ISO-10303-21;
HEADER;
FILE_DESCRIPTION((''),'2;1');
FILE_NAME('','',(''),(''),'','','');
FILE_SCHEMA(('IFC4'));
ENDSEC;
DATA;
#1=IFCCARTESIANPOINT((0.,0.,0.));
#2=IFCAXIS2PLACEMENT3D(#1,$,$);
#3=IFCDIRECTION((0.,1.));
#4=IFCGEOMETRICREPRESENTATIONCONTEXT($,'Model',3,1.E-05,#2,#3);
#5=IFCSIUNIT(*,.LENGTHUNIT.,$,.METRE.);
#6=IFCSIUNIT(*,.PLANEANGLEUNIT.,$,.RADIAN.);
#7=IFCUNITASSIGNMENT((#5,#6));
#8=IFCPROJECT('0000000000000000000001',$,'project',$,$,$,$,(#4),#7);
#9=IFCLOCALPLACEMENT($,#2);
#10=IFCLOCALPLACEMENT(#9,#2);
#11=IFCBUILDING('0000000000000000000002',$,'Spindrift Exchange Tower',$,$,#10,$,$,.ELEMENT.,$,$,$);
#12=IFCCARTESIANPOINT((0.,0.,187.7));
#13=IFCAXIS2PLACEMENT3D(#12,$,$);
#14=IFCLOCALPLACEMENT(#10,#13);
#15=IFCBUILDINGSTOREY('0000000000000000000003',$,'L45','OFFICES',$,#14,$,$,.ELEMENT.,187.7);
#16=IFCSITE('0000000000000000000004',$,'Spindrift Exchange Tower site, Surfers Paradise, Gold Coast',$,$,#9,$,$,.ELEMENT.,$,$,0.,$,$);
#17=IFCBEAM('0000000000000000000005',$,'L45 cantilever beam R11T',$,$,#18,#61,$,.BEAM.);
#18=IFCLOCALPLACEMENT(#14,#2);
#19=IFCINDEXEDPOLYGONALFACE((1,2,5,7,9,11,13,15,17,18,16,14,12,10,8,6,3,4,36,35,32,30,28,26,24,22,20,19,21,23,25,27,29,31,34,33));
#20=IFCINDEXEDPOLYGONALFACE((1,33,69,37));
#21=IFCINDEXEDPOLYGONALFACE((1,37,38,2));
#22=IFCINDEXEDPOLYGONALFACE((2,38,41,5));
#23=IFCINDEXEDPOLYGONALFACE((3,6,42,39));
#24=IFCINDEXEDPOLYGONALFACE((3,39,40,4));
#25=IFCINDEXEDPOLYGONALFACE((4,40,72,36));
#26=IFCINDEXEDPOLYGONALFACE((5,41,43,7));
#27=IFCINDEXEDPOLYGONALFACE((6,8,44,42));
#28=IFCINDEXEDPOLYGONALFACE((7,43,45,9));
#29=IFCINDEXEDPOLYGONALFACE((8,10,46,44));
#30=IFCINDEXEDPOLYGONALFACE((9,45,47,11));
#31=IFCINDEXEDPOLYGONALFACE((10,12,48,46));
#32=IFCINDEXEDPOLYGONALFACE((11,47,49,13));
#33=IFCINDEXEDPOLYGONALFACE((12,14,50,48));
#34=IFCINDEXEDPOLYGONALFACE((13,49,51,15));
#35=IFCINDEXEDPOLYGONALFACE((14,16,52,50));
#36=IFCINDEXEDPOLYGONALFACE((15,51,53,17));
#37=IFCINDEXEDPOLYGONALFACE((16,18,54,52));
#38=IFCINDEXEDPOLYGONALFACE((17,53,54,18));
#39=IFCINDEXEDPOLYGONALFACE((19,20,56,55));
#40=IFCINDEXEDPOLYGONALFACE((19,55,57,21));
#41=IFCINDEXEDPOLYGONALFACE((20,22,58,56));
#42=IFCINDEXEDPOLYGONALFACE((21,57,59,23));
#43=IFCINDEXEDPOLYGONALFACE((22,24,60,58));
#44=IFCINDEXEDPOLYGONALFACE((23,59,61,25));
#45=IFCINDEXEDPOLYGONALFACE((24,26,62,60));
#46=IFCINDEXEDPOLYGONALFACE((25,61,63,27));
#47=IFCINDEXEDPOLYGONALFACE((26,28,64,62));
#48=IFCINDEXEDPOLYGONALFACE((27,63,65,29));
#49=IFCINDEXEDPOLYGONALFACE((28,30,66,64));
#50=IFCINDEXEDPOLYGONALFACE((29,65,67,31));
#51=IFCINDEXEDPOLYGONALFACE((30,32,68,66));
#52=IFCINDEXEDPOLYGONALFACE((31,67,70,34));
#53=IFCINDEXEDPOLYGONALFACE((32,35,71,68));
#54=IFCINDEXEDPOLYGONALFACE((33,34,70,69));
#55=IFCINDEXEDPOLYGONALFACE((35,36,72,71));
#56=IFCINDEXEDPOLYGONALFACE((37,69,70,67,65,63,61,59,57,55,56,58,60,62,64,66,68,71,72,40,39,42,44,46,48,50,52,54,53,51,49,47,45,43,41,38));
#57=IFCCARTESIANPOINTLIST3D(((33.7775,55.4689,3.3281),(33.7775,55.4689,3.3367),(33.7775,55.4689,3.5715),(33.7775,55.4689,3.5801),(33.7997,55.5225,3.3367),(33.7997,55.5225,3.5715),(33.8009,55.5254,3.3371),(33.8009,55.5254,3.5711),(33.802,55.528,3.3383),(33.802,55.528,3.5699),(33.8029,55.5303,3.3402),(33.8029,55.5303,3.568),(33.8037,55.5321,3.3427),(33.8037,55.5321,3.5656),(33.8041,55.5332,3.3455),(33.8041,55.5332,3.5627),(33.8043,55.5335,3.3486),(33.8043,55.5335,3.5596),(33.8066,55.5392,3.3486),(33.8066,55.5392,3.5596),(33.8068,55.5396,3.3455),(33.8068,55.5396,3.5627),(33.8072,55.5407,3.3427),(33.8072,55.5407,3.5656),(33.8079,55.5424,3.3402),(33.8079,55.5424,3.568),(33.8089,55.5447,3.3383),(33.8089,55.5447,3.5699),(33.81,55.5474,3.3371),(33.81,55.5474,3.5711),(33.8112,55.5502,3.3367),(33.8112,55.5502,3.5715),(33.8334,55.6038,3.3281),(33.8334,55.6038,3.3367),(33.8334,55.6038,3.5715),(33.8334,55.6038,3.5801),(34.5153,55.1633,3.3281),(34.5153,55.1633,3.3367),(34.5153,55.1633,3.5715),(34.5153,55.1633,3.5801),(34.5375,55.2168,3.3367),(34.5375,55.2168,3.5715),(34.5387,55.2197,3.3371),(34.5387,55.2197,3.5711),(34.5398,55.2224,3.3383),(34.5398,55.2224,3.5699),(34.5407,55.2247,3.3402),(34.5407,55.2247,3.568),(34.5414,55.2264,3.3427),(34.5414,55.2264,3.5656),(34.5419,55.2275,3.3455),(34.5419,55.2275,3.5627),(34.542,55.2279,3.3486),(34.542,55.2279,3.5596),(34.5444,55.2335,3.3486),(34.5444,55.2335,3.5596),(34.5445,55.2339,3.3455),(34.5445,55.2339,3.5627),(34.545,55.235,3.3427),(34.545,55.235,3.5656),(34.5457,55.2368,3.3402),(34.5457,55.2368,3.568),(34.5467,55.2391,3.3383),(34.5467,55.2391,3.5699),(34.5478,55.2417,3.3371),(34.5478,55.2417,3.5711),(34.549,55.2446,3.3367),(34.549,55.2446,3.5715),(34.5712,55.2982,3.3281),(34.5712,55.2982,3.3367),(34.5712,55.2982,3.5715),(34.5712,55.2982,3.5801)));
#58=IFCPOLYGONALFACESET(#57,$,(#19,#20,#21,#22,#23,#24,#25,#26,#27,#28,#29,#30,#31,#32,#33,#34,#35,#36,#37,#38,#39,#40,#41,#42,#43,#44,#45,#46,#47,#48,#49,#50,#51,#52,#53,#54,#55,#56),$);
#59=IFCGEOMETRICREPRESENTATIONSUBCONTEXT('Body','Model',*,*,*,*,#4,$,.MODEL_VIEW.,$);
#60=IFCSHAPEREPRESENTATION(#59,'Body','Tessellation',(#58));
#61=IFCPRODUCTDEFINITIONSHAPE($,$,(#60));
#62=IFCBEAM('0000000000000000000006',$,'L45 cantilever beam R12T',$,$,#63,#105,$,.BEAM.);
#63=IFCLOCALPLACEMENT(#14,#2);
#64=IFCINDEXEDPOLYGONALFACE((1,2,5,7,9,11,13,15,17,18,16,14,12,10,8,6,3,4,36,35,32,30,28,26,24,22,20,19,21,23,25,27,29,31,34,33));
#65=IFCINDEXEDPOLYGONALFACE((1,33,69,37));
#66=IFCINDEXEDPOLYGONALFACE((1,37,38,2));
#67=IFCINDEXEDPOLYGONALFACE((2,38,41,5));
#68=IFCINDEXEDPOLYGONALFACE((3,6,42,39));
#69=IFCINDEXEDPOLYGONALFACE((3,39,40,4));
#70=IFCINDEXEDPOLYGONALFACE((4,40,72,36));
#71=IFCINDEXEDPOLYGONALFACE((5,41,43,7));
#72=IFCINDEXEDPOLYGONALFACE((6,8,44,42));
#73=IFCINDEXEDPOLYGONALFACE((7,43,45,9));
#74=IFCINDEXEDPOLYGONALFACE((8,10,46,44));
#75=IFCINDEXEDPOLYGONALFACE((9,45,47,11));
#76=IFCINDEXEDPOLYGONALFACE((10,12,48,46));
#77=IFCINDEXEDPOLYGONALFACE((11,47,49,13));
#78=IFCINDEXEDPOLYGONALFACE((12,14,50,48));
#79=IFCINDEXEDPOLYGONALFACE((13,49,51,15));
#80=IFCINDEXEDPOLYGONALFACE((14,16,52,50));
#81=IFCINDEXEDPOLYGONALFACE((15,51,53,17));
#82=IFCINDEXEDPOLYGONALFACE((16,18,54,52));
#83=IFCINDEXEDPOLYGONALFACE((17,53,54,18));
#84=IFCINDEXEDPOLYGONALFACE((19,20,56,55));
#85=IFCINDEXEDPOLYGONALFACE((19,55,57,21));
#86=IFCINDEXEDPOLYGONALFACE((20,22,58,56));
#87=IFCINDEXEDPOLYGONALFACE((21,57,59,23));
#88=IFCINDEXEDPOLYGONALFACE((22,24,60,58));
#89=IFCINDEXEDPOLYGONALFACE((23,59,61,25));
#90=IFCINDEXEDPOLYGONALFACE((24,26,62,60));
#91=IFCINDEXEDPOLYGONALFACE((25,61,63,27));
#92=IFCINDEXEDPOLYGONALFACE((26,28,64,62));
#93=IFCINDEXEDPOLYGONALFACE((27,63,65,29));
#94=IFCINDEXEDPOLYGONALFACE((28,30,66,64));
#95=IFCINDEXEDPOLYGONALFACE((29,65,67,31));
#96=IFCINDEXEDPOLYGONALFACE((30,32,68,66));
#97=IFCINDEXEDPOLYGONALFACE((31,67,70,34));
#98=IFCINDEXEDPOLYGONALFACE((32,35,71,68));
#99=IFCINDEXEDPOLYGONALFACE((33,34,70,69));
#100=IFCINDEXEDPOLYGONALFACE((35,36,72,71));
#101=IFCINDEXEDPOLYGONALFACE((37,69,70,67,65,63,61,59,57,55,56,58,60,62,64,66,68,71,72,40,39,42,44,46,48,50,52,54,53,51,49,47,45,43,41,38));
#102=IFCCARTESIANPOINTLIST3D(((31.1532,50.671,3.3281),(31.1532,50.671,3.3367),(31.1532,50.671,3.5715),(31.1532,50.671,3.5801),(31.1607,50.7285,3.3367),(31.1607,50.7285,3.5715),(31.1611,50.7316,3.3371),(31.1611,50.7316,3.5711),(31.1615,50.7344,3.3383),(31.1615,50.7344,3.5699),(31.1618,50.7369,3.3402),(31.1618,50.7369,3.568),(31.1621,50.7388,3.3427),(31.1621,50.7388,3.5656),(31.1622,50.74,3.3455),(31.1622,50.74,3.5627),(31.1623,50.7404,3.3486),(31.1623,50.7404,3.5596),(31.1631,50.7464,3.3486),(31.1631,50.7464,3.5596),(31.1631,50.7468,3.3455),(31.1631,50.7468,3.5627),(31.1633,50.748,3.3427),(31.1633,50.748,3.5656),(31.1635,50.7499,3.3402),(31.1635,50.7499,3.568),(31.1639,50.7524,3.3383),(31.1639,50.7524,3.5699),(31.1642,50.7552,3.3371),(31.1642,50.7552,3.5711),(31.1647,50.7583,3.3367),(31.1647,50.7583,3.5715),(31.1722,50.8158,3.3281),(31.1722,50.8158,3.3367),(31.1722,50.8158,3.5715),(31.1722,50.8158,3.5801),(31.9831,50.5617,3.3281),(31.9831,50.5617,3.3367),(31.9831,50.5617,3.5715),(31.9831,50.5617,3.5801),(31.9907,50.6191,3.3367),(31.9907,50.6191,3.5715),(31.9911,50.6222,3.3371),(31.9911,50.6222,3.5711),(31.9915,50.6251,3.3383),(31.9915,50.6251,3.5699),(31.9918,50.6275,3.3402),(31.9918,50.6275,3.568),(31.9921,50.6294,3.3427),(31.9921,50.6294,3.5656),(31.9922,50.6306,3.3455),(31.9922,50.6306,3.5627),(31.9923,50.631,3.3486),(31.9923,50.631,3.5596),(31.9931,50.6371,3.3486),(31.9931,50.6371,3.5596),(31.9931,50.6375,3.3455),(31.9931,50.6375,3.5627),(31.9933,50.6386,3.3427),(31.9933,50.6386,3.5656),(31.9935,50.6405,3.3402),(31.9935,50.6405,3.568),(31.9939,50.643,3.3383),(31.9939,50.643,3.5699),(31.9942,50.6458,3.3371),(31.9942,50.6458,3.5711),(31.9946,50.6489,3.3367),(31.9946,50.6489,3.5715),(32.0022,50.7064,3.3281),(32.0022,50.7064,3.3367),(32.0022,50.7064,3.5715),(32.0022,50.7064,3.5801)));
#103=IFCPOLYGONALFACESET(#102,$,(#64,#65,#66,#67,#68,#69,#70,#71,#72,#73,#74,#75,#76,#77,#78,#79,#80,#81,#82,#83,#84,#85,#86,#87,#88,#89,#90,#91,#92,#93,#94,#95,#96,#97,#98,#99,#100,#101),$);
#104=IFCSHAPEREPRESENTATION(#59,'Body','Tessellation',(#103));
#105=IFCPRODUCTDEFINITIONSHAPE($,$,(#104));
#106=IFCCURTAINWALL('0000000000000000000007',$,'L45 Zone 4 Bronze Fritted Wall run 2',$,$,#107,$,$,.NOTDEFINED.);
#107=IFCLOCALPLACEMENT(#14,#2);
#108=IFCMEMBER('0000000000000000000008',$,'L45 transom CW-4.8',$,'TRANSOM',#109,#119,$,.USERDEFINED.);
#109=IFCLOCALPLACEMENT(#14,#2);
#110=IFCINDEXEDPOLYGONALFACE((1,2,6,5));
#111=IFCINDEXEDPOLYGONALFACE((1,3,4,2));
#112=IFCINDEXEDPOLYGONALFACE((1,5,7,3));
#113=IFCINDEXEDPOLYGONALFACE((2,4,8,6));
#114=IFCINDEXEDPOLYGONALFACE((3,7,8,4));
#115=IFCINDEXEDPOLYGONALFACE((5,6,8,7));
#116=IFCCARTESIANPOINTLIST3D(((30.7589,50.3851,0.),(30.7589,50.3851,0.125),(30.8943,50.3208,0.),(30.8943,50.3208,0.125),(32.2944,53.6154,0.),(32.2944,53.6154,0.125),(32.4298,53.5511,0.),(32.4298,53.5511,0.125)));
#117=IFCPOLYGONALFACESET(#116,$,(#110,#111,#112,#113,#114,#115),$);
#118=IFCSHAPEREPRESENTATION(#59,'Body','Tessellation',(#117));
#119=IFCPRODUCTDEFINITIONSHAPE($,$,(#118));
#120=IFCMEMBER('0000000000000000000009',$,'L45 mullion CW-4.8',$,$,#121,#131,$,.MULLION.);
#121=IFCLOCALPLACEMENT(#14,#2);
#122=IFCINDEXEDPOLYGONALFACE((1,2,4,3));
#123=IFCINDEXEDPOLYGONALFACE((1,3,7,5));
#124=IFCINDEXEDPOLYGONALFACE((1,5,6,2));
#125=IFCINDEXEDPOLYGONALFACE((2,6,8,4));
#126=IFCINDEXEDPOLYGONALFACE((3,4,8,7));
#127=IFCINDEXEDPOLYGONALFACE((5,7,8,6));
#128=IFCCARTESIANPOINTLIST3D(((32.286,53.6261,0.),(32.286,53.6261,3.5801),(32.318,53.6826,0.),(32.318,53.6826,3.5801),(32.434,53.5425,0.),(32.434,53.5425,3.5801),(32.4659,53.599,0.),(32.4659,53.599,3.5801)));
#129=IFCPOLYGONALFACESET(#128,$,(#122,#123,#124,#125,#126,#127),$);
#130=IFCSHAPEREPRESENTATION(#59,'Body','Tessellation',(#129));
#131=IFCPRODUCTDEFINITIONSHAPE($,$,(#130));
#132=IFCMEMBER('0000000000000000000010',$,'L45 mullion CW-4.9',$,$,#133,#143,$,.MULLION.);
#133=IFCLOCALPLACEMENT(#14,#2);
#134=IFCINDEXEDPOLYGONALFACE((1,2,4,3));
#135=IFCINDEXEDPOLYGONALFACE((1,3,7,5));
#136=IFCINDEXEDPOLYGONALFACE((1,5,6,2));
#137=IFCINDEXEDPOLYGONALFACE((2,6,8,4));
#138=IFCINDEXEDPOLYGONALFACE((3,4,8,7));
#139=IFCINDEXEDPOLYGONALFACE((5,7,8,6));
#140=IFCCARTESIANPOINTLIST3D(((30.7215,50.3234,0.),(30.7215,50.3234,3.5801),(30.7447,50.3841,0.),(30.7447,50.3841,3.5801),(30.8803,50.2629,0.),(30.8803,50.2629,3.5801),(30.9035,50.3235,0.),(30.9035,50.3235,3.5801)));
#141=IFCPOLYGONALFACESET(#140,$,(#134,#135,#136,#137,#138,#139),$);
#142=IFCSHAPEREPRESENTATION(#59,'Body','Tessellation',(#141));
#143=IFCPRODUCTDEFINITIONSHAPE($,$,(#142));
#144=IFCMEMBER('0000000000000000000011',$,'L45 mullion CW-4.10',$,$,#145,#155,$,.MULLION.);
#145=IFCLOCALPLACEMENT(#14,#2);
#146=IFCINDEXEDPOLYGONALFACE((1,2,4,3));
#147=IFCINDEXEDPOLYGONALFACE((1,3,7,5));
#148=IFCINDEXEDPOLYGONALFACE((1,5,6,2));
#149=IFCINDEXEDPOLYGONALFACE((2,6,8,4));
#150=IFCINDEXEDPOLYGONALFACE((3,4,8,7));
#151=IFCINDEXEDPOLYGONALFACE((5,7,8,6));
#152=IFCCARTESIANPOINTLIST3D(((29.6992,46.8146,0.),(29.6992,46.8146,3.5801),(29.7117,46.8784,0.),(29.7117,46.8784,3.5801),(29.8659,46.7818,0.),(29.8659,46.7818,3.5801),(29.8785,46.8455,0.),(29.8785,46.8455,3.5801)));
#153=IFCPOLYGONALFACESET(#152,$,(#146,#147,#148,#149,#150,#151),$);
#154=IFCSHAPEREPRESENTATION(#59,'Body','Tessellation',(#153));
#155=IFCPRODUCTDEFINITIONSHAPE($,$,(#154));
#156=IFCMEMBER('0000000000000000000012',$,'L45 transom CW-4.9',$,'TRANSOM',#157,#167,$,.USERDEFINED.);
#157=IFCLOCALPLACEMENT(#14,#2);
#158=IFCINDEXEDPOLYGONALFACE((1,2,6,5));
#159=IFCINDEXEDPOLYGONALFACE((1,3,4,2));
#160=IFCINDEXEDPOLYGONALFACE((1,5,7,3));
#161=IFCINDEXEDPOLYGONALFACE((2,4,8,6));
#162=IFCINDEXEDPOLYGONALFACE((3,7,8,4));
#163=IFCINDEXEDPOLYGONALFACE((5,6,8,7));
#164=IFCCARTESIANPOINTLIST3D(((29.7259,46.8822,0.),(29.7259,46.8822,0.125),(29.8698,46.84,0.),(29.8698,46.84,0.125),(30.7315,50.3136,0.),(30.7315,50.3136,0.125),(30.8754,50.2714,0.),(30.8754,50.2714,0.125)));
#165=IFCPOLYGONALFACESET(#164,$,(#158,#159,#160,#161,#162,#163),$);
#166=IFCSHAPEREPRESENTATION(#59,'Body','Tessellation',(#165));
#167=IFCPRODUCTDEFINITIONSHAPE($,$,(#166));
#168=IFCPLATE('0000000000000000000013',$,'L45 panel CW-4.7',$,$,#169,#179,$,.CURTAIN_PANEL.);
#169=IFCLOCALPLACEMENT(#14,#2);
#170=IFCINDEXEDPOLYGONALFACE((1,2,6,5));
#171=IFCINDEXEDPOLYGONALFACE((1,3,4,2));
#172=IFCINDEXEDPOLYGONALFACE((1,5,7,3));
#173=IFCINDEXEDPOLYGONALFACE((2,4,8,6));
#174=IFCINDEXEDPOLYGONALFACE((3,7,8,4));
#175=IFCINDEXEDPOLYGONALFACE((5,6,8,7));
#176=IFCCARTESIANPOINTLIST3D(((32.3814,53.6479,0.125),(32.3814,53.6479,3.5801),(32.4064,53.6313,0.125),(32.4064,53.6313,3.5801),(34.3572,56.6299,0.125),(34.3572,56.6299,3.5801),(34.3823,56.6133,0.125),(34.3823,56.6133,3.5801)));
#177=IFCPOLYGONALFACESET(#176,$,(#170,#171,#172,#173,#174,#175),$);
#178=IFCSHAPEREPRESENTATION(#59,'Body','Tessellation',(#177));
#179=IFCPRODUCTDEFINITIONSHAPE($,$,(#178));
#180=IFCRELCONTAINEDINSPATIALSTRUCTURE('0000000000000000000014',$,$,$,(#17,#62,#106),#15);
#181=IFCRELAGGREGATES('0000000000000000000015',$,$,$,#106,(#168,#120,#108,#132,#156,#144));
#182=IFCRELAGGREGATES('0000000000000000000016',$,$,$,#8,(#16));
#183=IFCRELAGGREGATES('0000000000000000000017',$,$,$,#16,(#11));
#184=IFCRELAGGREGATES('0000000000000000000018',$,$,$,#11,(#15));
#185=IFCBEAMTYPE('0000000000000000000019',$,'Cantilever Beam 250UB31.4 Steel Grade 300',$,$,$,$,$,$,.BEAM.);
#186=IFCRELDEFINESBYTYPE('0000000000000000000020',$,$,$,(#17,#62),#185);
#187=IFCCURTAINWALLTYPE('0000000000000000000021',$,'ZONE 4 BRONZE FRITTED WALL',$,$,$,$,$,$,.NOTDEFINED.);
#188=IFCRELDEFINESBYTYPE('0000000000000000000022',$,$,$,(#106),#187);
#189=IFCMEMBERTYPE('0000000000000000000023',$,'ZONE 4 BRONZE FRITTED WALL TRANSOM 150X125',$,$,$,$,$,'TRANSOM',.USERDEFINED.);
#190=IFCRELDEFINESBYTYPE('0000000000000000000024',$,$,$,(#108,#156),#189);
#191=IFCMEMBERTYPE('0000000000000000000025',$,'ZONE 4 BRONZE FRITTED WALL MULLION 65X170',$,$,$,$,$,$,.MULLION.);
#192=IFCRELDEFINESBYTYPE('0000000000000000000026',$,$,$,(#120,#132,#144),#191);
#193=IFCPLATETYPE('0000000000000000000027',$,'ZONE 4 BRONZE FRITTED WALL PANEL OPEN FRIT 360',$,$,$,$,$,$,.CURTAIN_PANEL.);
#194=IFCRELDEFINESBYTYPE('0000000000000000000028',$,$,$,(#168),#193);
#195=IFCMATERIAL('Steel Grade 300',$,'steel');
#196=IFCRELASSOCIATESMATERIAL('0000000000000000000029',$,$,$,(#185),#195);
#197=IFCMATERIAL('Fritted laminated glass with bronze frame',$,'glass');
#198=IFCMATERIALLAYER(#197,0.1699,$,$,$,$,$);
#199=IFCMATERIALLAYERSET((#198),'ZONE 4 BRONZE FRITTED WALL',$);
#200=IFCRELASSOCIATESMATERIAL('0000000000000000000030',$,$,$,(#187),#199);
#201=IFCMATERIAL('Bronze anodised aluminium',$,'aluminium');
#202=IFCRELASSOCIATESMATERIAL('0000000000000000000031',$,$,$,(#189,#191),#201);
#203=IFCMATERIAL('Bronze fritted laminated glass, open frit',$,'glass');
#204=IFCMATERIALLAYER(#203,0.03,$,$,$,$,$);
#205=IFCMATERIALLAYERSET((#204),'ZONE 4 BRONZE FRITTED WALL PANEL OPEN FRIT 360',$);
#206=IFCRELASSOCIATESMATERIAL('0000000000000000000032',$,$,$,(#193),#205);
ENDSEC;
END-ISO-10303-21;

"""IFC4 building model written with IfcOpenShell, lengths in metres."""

from ifc_helpers import new_model, si_unit, direction, frame, origin, origin_2d, place, context, subcontext, project, spatial, rectangle, i_section, extrude, source, transform, mapped, material, layer, layer_set, material_profile, profile_set, type_object, element, aggregate, save


model = new_model("IFC4")

# Units and contexts
model_context = context("Model", 3, precision=1e-05, world=origin(), true_north=direction((0.0, 1.0)))
body_context = subcontext(model_context, "Body", "Model", "MODEL_VIEW")
ifc_project = project(units=[si_unit("LENGTHUNIT", "METRE"), si_unit("PLANEANGLEUNIT", "RADIAN")], contexts=[model_context])

# Site, building, storey
site_placement = place(None, origin())
site = spatial("IfcSite", under=ifc_project, at=site_placement, Name="Spindrift Exchange Tower site, Surfers Paradise, Gold Coast", CompositionType="ELEMENT", RefElevation=0.0)
building_placement = place(site_placement, origin())
building = spatial("IfcBuilding", under=site, at=building_placement, Name="Spindrift Exchange Tower", CompositionType="ELEMENT")
storey_placement = place(building_placement, frame((0.0, 0.0, 187.7)))
storey = spatial("IfcBuildingStorey", under=building, at=storey_placement, Name="L45", Description="OFFICES", CompositionType="ELEMENT", Elevation=187.7)

# Beams
ifc_material_1 = material(Name="Steel Grade 300", Category="steel")
ifc_material_profile_1 = material_profile(ifc_material_1, i_section(OverallWidth=0.146, OverallDepth=0.252, WebThickness=0.0061, FlangeThickness=0.0085, FilletRadius=0.012, at=origin_2d()), Name="250UB31.4")
ifc_profile_set_1 = profile_set([ifc_material_profile_1], Name="Steel Grade 300")
beam_type_1 = type_object("IfcBeamType", Name="Cantilever Beam 250UB31.4 Steel Grade 300", PredefinedType="BEAM", material=ifc_profile_set_1)
shared_shape_1 = source(origin(), body_context, "Body", "SweptSolid", [
    extrude(i_section(OverallWidth=0.146, OverallDepth=0.252, WebThickness=0.0061, FlangeThickness=0.0085, FilletRadius=0.012, at=origin_2d()), origin(), (0.0, 0.0, 1.0), 0.7986),
])
beam_1_placement = place(storey_placement, frame((34.5432, 55.2307, 3.4541), z_axis=(-0.923853, 0.382748, 0.0), x_axis=(-0.382748, -0.923853, 0.0)))
element("IfcBeam", 1, at=beam_1_placement, inside=storey, type_object=beam_type_1, Name="L45 cantilever beam R11T", PredefinedType="BEAM", context=body_context, shape_type="MappedRepresentation", body=[
    mapped(shared_shape_1, transform((0.0, 0.0, 0.0), scale=1.0)),
])
shared_shape_2 = source(origin(), body_context, "Body", "SweptSolid", [
    extrude(i_section(OverallWidth=0.146, OverallDepth=0.252, WebThickness=0.0061, FlangeThickness=0.0085, FilletRadius=0.012, at=origin_2d()), origin(), (0.0, 0.0, 1.0), 0.8372),
])
beam_2_placement = place(storey_placement, frame((31.9927, 50.634, 3.4541), z_axis=(-0.99143, 0.130636, 0.0), x_axis=(-0.130636, -0.99143, 0.0)))
element("IfcBeam", 2, at=beam_2_placement, inside=storey, type_object=beam_type_1, Name="L45 cantilever beam R12T", PredefinedType="BEAM", context=body_context, shape_type="MappedRepresentation", body=[
    mapped(shared_shape_2, transform((0.0, 0.0, 0.0), scale=1.0)),
])

# Curtain wall, members, plate
ifc_material_2 = material(Name="Fritted laminated glass with bronze frame", Category="glass")
ifc_layer_1 = layer(ifc_material_2, 0.1699)
ifc_layer_set_1 = layer_set([ifc_layer_1], Name="ZONE 4 BRONZE FRITTED WALL")
curtain_wall_type = type_object("IfcCurtainWallType", Name="ZONE 4 BRONZE FRITTED WALL", PredefinedType="NOTDEFINED", material=ifc_layer_set_1)
curtain_wall_placement = place(storey_placement, origin())
curtain_wall = element("IfcCurtainWall", 3, at=curtain_wall_placement, inside=storey, type_object=curtain_wall_type, Name="L45 Zone 4 Bronze Fritted Wall run 2", PredefinedType="NOTDEFINED")
ifc_material_3 = material(Name="Bronze anodised aluminium", Category="aluminium")
ifc_material_profile_2 = material_profile(ifc_material_3, rectangle(XDim=0.1499, YDim=0.125, at=origin_2d()), Name="ZONE 4 BRONZE FRITTED WALL TRANSOM 150X125")
ifc_profile_set_2 = profile_set([ifc_material_profile_2], Name="Bronze anodised aluminium")
member_type_1 = type_object("IfcMemberType", Name="ZONE 4 BRONZE FRITTED WALL TRANSOM 150X125", ElementType="TRANSOM", PredefinedType="USERDEFINED", material=ifc_profile_set_2)
shared_shape_3 = source(origin(), body_context, "Body", "SweptSolid", [
    extrude(rectangle(XDim=0.1499, YDim=0.125, at=origin_2d()), origin(), (0.0, 0.0, 1.0), 3.5767),
])
member_1_placement = place(storey_placement, frame((32.3621, 53.5833, 0.0625), z_axis=(-0.429295, -0.903164, 0.0), x_axis=(0.903164, -0.429295, 0.0)))
member_1 = element("IfcMember", 4, at=member_1_placement, type_object=member_type_1, Name="L45 transom CW-4.8", ObjectType="TRANSOM", PredefinedType="USERDEFINED", context=body_context, shape_type="MappedRepresentation", body=[
    mapped(shared_shape_3, transform((0.0, 0.0, 0.0), scale=1.0)),
])
ifc_material_profile_3 = material_profile(ifc_material_3, rectangle(XDim=0.0649, YDim=0.1699, at=origin_2d()), Name="ZONE 4 BRONZE FRITTED WALL MULLION 65X170")
ifc_profile_set_3 = profile_set([ifc_material_profile_3], Name="Bronze anodised aluminium")
member_type_2 = type_object("IfcMemberType", Name="ZONE 4 BRONZE FRITTED WALL MULLION 65X170", PredefinedType="MULLION", material=ifc_profile_set_3)
shared_shape_4 = source(origin(), body_context, "Body", "SweptSolid", [
    extrude(rectangle(XDim=0.0649, YDim=0.1699, at=origin_2d()), origin(), (0.0, 0.0, 1.0), 3.5801),
])
member_2_placement = place(storey_placement, frame((32.376, 53.6125, 0.0), z_axis=(0.0, 0.0, 1.0), x_axis=(-0.492063, -0.870559, 0.0)))
member_2 = element("IfcMember", 5, at=member_2_placement, type_object=member_type_2, Name="L45 mullion CW-4.8", PredefinedType="MULLION", context=body_context, shape_type="MappedRepresentation", body=[
    mapped(shared_shape_4, transform((0.0, 0.0, 0.0), scale=1.0)),
])
member_3_placement = place(storey_placement, frame((30.8125, 50.3235, 0.0), z_axis=(0.0, 0.0, 1.0), x_axis=(-0.356405, -0.934332, 0.0)))
member_3 = element("IfcMember", 6, at=member_3_placement, type_object=member_type_2, Name="L45 mullion CW-4.9", PredefinedType="MULLION", context=body_context, shape_type="MappedRepresentation", body=[
    mapped(shared_shape_4, transform((0.0, 0.0, 0.0), scale=1.0)),
])
member_4_placement = place(storey_placement, frame((29.7888, 46.8301, 0.0), z_axis=(0.0, 0.0, 1.0), x_axis=(-0.193297, -0.98114, 0.0)))
member_4 = element("IfcMember", 7, at=member_4_placement, type_object=member_type_2, Name="L45 mullion CW-4.10", PredefinedType="MULLION", context=body_context, shape_type="MappedRepresentation", body=[
    mapped(shared_shape_4, transform((0.0, 0.0, 0.0), scale=1.0)),
])
shared_shape_5 = source(origin(), body_context, "Body", "SweptSolid", [
    extrude(rectangle(XDim=0.1499, YDim=0.125, at=origin_2d()), origin(), (0.0, 0.0, 1.0), 3.5757),
])
member_5_placement = place(storey_placement, frame((30.8035, 50.2925, 0.0625), z_axis=(-0.281235, -0.959639, 0.0), x_axis=(0.959639, -0.281235, 0.0)))
member_5 = element("IfcMember", 8, at=member_5_placement, type_object=member_type_1, Name="L45 transom CW-4.9", ObjectType="TRANSOM", PredefinedType="USERDEFINED", context=body_context, shape_type="MappedRepresentation", body=[
    mapped(shared_shape_5, transform((0.0, 0.0, 0.0), scale=1.0)),
])
ifc_material_4 = material(Name="Bronze fritted laminated glass, open frit", Category="glass")
ifc_layer_2 = layer(ifc_material_4, 0.03)
ifc_layer_set_2 = layer_set([ifc_layer_2], Name="ZONE 4 BRONZE FRITTED WALL PANEL OPEN FRIT 360")
plate_type_1 = type_object("IfcPlateType", Name="ZONE 4 BRONZE FRITTED WALL PANEL OPEN FRIT 360", PredefinedType="CURTAIN_PANEL", material=ifc_layer_set_2)
shared_shape_6 = source(origin(), body_context, "Body", "SweptSolid", [
    extrude(rectangle(XDim=3.5771, YDim=0.03, at=origin_2d()), origin(), (0.0, 0.0, 1.0), 3.4551),
])
plate_1_placement = place(storey_placement, frame((33.3818, 55.1306, 0.125), z_axis=(0.0, 0.0, 1.0), x_axis=(-0.552347, -0.833614, 0.0)))
plate_1 = element("IfcPlate", 9, at=plate_1_placement, type_object=plate_type_1, Name="L45 panel CW-4.7", PredefinedType="CURTAIN_PANEL", context=body_context, shape_type="MappedRepresentation", body=[
    mapped(shared_shape_6, transform((0.0, 0.0, 0.0), scale=1.0)),
])
aggregate(curtain_wall, [plate_1, member_2, member_1, member_3, member_5, member_4])

save(model, "model.ifc")
